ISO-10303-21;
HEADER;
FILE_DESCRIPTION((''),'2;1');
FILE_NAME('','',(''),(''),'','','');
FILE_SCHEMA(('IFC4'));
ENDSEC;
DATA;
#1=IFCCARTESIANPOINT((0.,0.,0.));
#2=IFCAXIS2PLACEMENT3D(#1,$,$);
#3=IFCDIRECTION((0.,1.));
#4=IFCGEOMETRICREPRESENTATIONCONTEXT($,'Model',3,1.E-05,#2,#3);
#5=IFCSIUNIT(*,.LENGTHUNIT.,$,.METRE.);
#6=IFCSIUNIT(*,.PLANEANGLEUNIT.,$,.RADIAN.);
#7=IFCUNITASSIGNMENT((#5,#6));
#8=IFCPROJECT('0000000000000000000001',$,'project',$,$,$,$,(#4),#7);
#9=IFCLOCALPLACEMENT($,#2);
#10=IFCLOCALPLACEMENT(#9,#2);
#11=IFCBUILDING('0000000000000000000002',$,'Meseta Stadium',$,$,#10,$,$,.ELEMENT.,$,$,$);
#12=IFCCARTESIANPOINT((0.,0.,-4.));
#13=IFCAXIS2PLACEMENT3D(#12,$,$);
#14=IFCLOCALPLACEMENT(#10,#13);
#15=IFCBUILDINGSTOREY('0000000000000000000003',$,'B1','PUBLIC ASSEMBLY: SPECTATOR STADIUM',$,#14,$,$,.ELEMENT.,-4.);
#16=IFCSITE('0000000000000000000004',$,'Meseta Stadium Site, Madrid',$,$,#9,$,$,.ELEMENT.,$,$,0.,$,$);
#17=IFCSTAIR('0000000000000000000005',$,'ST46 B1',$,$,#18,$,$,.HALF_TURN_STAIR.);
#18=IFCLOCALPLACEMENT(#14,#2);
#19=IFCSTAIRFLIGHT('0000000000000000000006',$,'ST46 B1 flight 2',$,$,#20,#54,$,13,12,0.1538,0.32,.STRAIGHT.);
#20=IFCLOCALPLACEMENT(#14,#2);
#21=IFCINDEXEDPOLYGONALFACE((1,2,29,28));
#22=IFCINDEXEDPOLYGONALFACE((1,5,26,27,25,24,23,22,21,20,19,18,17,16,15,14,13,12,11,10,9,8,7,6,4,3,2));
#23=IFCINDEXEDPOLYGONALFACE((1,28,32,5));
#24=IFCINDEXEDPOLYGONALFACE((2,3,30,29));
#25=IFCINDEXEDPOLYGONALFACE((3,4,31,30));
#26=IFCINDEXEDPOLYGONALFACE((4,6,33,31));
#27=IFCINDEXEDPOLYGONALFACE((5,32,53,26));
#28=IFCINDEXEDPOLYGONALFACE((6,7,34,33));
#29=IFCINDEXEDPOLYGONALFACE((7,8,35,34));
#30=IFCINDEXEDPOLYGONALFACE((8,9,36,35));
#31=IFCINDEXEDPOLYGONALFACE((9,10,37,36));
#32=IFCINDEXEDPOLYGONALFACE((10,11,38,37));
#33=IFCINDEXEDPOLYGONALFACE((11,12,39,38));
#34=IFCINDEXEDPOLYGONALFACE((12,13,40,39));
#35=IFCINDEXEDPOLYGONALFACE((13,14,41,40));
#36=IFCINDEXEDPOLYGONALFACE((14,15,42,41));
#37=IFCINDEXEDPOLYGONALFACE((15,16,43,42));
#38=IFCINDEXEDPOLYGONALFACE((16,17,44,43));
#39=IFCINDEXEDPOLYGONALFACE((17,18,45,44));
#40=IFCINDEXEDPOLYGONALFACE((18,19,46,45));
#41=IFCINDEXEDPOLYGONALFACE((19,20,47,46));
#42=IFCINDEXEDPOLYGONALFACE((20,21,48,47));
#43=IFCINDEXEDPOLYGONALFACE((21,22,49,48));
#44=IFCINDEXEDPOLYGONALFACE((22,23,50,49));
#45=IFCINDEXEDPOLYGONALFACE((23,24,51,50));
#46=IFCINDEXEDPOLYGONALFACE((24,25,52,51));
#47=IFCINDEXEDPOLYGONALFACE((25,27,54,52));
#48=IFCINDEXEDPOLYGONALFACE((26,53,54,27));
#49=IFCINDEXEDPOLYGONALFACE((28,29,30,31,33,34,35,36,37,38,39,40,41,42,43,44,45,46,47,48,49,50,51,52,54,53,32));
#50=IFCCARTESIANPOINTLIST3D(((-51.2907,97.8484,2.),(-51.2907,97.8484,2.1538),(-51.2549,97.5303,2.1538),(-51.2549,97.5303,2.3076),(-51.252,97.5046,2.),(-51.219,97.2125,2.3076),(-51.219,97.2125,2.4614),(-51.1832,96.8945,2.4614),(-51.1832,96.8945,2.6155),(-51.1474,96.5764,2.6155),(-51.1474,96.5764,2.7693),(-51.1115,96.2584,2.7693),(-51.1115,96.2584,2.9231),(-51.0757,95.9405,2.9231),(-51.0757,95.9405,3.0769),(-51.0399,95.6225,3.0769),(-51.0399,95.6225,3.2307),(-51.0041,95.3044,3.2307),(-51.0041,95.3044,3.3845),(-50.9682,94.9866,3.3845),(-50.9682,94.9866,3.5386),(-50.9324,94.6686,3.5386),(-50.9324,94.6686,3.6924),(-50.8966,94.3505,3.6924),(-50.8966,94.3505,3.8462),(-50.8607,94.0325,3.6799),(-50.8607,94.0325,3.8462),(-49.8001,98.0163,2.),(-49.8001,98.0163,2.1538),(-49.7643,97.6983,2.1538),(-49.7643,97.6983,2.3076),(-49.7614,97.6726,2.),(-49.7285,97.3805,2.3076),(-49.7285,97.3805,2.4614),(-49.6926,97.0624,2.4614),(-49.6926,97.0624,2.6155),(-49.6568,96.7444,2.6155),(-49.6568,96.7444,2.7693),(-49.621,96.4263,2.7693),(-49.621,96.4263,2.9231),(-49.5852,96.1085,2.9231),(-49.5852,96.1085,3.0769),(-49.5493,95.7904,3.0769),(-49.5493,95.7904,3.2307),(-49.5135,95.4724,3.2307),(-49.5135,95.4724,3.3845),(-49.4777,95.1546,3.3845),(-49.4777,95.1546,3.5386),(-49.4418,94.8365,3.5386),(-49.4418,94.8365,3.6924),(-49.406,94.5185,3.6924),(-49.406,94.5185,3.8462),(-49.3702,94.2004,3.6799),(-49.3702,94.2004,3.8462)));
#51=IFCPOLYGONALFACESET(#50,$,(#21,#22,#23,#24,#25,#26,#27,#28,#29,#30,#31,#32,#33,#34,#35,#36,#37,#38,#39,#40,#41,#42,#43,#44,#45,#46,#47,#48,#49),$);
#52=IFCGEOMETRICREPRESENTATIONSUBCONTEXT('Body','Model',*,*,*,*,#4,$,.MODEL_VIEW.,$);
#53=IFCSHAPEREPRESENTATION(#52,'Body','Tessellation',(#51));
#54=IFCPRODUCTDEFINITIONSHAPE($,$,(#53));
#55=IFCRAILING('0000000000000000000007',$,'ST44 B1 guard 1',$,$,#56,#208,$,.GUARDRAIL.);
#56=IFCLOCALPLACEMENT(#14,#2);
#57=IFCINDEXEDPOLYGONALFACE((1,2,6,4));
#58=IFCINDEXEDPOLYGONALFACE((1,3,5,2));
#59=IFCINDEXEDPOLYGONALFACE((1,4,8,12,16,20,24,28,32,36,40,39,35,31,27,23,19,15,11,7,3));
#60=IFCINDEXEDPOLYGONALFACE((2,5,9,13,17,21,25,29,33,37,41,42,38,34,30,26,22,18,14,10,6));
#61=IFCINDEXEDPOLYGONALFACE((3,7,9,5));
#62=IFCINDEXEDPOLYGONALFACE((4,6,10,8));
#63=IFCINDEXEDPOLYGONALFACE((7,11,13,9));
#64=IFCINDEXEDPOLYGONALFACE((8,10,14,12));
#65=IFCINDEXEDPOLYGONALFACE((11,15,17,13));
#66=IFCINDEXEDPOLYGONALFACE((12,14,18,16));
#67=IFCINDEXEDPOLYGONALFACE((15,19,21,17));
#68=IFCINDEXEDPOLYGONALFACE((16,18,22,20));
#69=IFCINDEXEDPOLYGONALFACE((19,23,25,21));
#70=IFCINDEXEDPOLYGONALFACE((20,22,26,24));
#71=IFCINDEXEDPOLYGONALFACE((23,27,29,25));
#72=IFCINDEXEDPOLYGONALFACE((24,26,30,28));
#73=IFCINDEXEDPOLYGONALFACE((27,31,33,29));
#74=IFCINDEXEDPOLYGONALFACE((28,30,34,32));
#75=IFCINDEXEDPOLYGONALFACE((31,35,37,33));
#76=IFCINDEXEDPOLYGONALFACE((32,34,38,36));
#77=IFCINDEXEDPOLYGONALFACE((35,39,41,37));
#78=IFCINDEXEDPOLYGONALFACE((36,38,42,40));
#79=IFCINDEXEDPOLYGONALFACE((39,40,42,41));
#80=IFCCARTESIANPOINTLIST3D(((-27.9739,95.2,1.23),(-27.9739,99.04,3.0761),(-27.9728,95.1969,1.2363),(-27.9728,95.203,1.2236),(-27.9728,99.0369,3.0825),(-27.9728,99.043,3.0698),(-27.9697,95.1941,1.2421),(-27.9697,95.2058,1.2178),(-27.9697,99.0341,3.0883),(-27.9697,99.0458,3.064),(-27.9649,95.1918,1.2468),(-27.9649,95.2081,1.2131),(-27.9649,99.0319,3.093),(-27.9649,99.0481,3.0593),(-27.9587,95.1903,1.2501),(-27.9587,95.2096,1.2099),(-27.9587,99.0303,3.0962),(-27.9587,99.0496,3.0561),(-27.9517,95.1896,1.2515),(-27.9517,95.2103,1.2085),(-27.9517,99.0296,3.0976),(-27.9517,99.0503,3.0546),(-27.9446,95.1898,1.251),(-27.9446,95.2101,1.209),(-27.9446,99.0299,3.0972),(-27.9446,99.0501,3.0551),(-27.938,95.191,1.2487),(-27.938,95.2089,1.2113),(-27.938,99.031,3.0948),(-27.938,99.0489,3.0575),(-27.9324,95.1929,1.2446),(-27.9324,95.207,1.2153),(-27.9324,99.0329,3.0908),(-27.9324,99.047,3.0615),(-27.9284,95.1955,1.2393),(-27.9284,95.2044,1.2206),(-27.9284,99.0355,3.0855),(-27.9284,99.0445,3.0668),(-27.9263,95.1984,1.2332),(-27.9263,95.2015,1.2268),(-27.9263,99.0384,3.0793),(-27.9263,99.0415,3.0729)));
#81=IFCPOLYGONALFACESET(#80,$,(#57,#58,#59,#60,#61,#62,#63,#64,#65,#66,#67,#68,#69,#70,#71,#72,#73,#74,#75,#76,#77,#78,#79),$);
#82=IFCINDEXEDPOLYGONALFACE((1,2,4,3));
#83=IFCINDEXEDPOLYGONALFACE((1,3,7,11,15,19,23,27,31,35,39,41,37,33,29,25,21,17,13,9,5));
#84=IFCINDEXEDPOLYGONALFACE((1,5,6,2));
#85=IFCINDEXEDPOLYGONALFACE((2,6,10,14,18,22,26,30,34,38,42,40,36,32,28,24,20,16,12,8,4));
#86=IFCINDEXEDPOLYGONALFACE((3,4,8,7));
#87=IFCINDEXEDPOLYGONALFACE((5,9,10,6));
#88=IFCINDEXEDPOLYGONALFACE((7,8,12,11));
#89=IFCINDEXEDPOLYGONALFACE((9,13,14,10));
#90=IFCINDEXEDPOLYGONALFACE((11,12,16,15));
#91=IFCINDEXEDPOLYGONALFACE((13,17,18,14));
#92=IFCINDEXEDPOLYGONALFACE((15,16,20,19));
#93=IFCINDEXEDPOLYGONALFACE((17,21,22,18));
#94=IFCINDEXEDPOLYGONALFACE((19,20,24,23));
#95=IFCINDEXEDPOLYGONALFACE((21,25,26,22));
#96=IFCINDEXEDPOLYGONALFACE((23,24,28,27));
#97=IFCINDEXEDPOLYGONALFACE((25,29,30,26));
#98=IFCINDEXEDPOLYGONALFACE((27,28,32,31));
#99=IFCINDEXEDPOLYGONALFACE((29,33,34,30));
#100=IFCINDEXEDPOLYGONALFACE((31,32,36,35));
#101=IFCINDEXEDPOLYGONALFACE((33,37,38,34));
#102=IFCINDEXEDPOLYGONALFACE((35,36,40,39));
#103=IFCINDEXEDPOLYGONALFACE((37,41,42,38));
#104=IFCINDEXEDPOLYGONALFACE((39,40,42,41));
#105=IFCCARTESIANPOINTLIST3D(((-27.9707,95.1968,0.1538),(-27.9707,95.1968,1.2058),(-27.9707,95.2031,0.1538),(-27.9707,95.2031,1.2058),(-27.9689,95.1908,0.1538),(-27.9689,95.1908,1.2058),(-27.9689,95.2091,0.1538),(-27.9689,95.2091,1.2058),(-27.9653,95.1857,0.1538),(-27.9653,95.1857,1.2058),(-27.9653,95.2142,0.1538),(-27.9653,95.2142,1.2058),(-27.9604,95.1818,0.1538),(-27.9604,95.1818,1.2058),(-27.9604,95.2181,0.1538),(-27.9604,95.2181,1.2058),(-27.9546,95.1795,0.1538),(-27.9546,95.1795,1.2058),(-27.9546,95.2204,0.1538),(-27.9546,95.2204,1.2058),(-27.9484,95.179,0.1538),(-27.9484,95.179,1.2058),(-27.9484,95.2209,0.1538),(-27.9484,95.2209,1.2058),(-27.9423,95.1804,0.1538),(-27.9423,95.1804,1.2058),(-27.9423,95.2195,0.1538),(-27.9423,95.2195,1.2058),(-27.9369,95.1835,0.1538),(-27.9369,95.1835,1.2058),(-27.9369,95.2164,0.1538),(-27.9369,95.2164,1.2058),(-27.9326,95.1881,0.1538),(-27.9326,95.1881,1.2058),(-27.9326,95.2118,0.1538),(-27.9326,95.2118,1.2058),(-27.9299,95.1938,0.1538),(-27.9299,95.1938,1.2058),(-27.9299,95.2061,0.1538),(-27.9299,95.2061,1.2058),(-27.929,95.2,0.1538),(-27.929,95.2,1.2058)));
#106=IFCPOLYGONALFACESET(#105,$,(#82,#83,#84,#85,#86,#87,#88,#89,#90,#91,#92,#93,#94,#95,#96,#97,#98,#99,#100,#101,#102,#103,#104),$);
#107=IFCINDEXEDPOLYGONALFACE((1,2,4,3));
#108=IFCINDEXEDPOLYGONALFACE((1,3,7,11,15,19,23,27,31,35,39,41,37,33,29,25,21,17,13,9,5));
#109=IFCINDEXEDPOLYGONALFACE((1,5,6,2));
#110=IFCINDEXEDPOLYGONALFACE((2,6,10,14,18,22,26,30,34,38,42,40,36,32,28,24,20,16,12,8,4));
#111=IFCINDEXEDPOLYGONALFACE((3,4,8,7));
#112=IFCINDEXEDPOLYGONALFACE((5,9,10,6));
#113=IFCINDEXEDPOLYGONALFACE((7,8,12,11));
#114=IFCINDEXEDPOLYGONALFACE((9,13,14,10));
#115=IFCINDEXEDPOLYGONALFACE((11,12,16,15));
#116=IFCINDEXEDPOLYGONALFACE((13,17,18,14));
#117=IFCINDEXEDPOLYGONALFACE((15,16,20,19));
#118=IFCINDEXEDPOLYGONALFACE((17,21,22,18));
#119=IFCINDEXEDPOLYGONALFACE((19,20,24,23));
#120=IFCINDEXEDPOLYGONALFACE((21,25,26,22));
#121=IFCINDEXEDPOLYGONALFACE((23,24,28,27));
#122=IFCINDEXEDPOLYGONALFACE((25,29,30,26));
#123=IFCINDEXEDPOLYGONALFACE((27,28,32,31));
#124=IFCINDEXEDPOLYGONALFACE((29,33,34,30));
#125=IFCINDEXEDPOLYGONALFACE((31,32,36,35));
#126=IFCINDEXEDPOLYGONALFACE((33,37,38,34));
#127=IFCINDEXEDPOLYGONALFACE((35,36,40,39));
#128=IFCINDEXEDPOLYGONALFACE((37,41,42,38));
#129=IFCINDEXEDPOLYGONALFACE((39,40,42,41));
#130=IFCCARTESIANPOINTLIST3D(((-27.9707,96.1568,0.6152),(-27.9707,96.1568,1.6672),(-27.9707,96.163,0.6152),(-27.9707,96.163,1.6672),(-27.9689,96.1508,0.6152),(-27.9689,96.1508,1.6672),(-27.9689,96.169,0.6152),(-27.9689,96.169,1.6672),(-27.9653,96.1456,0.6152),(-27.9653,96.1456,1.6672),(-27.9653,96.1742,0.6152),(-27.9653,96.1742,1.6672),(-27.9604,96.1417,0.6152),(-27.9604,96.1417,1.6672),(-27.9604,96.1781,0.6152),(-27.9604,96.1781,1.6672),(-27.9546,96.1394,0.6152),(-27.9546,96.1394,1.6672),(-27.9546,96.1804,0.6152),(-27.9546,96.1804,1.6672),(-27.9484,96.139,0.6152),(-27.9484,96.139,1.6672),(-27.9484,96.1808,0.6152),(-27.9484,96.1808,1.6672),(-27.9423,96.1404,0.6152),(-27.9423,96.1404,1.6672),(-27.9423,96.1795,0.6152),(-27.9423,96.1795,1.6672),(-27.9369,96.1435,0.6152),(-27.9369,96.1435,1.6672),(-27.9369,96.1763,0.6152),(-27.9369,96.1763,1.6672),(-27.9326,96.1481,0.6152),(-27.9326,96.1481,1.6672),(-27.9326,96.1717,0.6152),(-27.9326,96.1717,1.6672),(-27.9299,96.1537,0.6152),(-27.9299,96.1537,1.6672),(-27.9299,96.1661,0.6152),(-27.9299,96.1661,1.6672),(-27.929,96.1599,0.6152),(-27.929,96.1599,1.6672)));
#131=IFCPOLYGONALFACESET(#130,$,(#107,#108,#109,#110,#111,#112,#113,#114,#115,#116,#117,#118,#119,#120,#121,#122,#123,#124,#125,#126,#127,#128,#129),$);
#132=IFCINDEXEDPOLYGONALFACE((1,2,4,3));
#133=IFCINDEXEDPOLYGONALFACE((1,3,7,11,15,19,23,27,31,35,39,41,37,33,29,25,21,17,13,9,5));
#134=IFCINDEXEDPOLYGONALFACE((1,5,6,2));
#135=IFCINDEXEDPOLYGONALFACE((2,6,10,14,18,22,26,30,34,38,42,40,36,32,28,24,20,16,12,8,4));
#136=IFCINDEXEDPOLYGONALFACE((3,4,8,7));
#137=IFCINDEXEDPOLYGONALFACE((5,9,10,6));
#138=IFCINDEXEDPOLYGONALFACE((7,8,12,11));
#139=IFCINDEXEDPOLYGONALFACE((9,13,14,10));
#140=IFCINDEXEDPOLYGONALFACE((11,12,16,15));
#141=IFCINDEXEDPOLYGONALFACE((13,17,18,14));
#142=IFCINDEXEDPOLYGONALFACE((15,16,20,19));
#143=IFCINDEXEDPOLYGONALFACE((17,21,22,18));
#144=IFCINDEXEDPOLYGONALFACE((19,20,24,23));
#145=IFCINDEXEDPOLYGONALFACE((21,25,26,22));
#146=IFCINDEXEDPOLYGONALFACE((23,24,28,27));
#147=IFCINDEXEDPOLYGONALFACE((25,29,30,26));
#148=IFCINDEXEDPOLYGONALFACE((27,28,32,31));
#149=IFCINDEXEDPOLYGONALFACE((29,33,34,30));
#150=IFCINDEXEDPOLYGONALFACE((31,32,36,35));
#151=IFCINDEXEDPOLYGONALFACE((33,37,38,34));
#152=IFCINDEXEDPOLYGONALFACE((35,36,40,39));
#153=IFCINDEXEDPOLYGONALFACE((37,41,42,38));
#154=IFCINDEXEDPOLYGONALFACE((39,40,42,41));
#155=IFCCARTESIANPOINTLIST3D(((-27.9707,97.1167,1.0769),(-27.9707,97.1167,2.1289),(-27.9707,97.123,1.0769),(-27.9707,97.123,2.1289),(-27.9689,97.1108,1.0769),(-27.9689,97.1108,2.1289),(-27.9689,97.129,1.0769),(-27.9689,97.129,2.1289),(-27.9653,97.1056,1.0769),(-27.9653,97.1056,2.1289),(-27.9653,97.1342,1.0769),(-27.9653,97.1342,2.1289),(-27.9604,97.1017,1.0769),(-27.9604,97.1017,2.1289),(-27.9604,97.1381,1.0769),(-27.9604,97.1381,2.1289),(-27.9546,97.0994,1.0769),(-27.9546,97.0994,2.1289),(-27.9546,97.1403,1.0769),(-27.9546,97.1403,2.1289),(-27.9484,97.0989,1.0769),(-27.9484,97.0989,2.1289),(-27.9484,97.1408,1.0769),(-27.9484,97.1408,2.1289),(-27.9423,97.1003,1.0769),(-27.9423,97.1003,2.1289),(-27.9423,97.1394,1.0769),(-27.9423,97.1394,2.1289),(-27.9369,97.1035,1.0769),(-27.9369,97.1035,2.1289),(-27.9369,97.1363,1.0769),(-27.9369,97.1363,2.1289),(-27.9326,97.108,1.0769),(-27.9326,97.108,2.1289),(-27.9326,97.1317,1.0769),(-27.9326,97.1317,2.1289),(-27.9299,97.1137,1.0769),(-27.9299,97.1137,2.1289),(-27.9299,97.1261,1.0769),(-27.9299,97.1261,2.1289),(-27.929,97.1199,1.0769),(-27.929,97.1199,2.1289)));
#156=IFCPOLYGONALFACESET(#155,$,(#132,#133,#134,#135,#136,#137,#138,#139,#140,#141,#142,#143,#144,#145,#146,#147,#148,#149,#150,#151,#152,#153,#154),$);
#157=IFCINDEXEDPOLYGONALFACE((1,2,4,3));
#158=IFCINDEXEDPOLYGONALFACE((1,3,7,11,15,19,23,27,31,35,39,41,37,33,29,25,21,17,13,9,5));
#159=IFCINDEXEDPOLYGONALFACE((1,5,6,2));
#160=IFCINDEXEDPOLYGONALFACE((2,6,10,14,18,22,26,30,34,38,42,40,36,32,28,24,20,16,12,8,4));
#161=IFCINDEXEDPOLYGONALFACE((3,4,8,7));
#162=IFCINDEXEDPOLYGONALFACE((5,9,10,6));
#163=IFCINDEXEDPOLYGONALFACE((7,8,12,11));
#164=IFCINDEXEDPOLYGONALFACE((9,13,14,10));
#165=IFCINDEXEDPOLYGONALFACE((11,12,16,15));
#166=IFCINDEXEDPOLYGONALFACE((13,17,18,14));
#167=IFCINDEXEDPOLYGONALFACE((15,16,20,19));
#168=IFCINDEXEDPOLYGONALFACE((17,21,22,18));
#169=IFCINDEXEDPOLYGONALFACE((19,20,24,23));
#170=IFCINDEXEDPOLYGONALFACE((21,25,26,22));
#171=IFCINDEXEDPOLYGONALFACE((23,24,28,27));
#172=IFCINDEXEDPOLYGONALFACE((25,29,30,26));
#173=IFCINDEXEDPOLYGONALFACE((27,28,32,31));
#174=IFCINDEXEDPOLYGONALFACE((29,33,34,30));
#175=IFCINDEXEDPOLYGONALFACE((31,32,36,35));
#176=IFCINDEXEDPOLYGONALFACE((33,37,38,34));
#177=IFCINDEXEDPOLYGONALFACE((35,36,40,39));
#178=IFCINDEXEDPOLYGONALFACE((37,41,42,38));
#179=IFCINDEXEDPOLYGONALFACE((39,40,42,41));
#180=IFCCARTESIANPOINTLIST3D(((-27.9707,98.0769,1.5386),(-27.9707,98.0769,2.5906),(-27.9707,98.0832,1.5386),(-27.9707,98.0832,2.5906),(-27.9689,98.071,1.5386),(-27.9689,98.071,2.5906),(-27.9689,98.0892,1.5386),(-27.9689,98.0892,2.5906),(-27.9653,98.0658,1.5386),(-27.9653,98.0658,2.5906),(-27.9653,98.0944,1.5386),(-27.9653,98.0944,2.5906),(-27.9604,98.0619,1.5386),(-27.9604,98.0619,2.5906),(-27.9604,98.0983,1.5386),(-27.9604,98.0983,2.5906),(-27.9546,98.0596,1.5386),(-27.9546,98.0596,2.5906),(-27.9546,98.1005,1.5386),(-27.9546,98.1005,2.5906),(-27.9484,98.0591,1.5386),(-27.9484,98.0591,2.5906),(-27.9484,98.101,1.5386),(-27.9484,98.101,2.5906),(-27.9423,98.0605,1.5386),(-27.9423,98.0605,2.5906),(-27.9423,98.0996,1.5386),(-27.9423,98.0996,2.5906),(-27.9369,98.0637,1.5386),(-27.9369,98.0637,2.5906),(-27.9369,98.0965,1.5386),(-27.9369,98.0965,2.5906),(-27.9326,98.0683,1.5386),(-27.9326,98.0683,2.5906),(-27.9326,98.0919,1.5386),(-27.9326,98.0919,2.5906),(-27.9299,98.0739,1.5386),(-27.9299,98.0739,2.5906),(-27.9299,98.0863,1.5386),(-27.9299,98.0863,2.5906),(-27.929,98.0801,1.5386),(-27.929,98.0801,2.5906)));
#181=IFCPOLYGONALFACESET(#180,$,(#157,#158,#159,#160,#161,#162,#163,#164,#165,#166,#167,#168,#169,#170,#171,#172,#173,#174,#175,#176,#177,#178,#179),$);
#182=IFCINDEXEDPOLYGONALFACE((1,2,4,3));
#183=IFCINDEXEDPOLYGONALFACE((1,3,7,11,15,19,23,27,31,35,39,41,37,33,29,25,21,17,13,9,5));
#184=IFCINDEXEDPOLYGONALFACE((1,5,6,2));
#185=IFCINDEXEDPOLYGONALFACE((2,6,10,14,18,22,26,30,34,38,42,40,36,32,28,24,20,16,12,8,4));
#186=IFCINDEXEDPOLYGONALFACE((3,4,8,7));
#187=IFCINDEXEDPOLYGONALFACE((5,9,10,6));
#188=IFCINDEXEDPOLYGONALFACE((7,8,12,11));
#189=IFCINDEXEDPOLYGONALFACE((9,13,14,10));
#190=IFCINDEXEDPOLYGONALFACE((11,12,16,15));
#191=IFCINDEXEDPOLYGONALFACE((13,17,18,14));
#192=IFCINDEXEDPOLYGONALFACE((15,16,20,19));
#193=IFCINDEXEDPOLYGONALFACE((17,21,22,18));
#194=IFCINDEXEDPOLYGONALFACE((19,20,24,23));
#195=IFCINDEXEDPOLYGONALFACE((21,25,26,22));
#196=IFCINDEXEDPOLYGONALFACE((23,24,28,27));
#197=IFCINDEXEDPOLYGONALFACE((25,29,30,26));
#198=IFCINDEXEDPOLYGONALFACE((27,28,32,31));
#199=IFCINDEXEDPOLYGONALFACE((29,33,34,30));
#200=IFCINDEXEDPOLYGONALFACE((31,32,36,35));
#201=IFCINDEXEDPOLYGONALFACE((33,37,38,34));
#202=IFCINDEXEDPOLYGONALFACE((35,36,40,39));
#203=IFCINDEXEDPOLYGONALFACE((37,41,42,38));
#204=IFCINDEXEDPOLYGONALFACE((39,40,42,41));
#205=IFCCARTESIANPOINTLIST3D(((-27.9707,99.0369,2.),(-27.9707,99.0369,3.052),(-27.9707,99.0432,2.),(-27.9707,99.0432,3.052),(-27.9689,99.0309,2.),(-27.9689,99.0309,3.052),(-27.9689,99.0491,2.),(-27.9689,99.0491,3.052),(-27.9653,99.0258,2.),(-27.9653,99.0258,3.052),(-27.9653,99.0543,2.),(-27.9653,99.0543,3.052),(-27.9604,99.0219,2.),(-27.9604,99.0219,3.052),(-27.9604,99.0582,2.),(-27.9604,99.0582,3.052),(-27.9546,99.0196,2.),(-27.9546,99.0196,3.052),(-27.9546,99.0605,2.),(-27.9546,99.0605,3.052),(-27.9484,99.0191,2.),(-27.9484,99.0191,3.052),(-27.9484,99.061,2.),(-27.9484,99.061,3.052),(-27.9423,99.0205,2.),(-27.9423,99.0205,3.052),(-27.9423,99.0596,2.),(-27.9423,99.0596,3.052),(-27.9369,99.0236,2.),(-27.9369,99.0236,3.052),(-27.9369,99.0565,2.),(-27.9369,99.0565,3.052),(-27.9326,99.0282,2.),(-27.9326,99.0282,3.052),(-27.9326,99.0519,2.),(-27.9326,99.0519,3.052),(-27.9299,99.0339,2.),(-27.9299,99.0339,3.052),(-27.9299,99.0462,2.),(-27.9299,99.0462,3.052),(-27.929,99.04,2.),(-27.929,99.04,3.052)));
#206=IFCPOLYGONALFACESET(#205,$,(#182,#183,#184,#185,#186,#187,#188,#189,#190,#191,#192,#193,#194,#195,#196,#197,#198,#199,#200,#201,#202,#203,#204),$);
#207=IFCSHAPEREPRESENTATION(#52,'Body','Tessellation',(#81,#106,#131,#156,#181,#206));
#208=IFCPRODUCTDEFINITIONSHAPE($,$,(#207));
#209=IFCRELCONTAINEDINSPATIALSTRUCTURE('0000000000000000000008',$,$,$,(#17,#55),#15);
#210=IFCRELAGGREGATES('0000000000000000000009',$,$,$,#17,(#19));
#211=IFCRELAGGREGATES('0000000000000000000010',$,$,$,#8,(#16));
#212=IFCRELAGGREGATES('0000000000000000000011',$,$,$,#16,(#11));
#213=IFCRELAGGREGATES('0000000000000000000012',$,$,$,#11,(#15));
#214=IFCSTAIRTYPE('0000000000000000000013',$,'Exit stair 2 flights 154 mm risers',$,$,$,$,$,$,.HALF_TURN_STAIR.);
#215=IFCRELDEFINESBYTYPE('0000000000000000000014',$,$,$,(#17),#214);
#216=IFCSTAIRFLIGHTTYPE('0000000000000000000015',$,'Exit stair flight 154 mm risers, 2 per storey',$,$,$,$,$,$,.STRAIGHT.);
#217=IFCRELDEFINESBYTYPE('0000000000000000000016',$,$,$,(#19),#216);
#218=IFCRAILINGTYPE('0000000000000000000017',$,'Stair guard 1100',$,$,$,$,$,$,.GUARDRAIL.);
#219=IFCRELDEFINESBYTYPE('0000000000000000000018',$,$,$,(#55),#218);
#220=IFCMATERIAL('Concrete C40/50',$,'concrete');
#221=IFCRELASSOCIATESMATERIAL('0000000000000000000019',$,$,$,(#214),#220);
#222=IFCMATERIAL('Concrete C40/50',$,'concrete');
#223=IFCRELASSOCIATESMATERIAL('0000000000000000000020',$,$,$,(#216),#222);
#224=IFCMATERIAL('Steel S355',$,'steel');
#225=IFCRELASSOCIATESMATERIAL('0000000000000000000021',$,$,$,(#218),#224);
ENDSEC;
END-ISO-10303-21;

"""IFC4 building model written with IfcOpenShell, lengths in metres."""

from ifc_helpers import new_model, si_unit, direction, frame, origin, origin_2d, place, context, subcontext, project, spatial, polyline, circle, outline, extrude, material, type_object, element, aggregate, save


model = new_model("IFC4")

# Units and contexts
model_context = context("Model", 3, precision=1e-05, world=origin(), true_north=direction((0.0, 1.0)))
body_context = subcontext(model_context, "Body", "Model", "MODEL_VIEW")
ifc_project = project(units=[si_unit("LENGTHUNIT", "METRE"), si_unit("PLANEANGLEUNIT", "RADIAN")], contexts=[model_context])

# Site, building, storey
site_placement = place(None, origin())
site = spatial("IfcSite", under=ifc_project, at=site_placement, Name="Meseta Stadium Site, Madrid", CompositionType="ELEMENT", RefElevation=0.0)
building_placement = place(site_placement, origin())
building = spatial("IfcBuilding", under=site, at=building_placement, Name="Meseta Stadium", CompositionType="ELEMENT")
storey_placement = place(building_placement, frame((0.0, 0.0, -4.0)))
storey = spatial("IfcBuildingStorey", under=building, at=storey_placement, Name="B1", Description="PUBLIC ASSEMBLY: SPECTATOR STADIUM", CompositionType="ELEMENT", Elevation=-4.0)

# Shared definitions
ifc_material_1 = material(Name="Concrete C40/50", Category="concrete")
stair_type = type_object("IfcStairType", Name="Exit stair 2 flights 154 mm risers", PredefinedType="HALF_TURN_STAIR", material=ifc_material_1)
ifc_material_2 = material(Name="Concrete C40/50", Category="concrete")
stair_flight_type = type_object("IfcStairFlightType", Name="Exit stair flight 154 mm risers, 2 per storey", PredefinedType="STRAIGHT", material=ifc_material_2)

# Stair, stair flight
stair_1_placement = place(storey_placement, origin())
stair_1 = element("IfcStair", 1, at=stair_1_placement, inside=storey, type_object=stair_type, Name="ST46 B1", PredefinedType="HALF_TURN_STAIR")
stair_flight_1_placement = place(storey_placement, frame((-50.5454, 97.9324, 2.0), z_axis=(0.0, 0.0, 1.0), x_axis=(0.111964, -0.993712, 0.0)))
stair_flight_1 = element("IfcStairFlight", 2, at=stair_flight_1_placement, type_object=stair_flight_type, Name="ST46 B1 flight 2", NumberOfRisers=13, NumberOfTreads=12, PredefinedType="STRAIGHT", RiserHeight=0.1538, TreadLength=0.32, context=body_context, shape_type="SweptSolid", body=[
    extrude(outline(polyline([(0.0, 0.0), (0.0, 0.1538), (0.3201, 0.1538), (0.3201, 0.3076), (0.6399, 0.3076), (0.6399, 0.4614), (0.96, 0.4614), (0.96, 0.6155), (1.28, 0.6155), (1.28, 0.7693), (1.6001, 0.7693), (1.6001, 0.9231), (1.9199, 0.9231), (1.9199, 1.0769), (2.24, 1.0769), (2.24, 1.2307), (2.5601, 1.2307), (2.5601, 1.3845), (2.8799, 1.3845), (2.8799, 1.5386), (3.2, 1.5386), (3.2, 1.6924), (3.52, 1.6924), (3.52, 1.8462), (3.8401, 1.8462), (3.8401, 1.6799), (0.3459, 0.0), (0.0, 0.0)])), frame((0.0, 0.75, 0.0), z_axis=(0.0, -1.0, 0.0), x_axis=(1.0, 0.0, 0.0)), (0.0, 0.0, 1.0), 1.5),
])
aggregate(stair_1, [stair_flight_1])

# Railing
ifc_material_3 = material(Name="Steel S355", Category="steel")
railing_type_1 = type_object("IfcRailingType", Name="Stair guard 1100", PredefinedType="GUARDRAIL", material=ifc_material_3)
railing_1_placement = place(storey_placement, frame((-27.95, 95.2, 0.1538)))
element("IfcRailing", 3, at=railing_1_placement, inside=storey, type_object=railing_type_1, Name="ST44 B1 guard 1", PredefinedType="GUARDRAIL", context=body_context, shape_type="SweptSolid", body=[
    extrude(circle(Radius=0.0239, at=origin_2d()), frame((0.0, 0.0, 1.0762), z_axis=(0.0, 0.901253, 0.433294), x_axis=(-1.0, 0.0, 0.0)), (0.0, 0.0, 1.0), 4.2607),
    extrude(circle(Radius=0.021, at=origin_2d()), origin(), (0.0, 0.0, 1.0), 1.052),
    extrude(circle(Radius=0.021, at=origin_2d()), frame((0.0, 0.96, 0.4614)), (0.0, 0.0, 1.0), 1.052),
    extrude(circle(Radius=0.021, at=origin_2d()), frame((0.0, 1.9199, 0.9231)), (0.0, 0.0, 1.0), 1.052),
    extrude(circle(Radius=0.021, at=origin_2d()), frame((0.0, 2.8801, 1.3848)), (0.0, 0.0, 1.0), 1.052),
    extrude(circle(Radius=0.021, at=origin_2d()), frame((0.0, 3.8401, 1.8462)), (0.0, 0.0, 1.0), 1.052),
])

save(model, "model.ifc")
